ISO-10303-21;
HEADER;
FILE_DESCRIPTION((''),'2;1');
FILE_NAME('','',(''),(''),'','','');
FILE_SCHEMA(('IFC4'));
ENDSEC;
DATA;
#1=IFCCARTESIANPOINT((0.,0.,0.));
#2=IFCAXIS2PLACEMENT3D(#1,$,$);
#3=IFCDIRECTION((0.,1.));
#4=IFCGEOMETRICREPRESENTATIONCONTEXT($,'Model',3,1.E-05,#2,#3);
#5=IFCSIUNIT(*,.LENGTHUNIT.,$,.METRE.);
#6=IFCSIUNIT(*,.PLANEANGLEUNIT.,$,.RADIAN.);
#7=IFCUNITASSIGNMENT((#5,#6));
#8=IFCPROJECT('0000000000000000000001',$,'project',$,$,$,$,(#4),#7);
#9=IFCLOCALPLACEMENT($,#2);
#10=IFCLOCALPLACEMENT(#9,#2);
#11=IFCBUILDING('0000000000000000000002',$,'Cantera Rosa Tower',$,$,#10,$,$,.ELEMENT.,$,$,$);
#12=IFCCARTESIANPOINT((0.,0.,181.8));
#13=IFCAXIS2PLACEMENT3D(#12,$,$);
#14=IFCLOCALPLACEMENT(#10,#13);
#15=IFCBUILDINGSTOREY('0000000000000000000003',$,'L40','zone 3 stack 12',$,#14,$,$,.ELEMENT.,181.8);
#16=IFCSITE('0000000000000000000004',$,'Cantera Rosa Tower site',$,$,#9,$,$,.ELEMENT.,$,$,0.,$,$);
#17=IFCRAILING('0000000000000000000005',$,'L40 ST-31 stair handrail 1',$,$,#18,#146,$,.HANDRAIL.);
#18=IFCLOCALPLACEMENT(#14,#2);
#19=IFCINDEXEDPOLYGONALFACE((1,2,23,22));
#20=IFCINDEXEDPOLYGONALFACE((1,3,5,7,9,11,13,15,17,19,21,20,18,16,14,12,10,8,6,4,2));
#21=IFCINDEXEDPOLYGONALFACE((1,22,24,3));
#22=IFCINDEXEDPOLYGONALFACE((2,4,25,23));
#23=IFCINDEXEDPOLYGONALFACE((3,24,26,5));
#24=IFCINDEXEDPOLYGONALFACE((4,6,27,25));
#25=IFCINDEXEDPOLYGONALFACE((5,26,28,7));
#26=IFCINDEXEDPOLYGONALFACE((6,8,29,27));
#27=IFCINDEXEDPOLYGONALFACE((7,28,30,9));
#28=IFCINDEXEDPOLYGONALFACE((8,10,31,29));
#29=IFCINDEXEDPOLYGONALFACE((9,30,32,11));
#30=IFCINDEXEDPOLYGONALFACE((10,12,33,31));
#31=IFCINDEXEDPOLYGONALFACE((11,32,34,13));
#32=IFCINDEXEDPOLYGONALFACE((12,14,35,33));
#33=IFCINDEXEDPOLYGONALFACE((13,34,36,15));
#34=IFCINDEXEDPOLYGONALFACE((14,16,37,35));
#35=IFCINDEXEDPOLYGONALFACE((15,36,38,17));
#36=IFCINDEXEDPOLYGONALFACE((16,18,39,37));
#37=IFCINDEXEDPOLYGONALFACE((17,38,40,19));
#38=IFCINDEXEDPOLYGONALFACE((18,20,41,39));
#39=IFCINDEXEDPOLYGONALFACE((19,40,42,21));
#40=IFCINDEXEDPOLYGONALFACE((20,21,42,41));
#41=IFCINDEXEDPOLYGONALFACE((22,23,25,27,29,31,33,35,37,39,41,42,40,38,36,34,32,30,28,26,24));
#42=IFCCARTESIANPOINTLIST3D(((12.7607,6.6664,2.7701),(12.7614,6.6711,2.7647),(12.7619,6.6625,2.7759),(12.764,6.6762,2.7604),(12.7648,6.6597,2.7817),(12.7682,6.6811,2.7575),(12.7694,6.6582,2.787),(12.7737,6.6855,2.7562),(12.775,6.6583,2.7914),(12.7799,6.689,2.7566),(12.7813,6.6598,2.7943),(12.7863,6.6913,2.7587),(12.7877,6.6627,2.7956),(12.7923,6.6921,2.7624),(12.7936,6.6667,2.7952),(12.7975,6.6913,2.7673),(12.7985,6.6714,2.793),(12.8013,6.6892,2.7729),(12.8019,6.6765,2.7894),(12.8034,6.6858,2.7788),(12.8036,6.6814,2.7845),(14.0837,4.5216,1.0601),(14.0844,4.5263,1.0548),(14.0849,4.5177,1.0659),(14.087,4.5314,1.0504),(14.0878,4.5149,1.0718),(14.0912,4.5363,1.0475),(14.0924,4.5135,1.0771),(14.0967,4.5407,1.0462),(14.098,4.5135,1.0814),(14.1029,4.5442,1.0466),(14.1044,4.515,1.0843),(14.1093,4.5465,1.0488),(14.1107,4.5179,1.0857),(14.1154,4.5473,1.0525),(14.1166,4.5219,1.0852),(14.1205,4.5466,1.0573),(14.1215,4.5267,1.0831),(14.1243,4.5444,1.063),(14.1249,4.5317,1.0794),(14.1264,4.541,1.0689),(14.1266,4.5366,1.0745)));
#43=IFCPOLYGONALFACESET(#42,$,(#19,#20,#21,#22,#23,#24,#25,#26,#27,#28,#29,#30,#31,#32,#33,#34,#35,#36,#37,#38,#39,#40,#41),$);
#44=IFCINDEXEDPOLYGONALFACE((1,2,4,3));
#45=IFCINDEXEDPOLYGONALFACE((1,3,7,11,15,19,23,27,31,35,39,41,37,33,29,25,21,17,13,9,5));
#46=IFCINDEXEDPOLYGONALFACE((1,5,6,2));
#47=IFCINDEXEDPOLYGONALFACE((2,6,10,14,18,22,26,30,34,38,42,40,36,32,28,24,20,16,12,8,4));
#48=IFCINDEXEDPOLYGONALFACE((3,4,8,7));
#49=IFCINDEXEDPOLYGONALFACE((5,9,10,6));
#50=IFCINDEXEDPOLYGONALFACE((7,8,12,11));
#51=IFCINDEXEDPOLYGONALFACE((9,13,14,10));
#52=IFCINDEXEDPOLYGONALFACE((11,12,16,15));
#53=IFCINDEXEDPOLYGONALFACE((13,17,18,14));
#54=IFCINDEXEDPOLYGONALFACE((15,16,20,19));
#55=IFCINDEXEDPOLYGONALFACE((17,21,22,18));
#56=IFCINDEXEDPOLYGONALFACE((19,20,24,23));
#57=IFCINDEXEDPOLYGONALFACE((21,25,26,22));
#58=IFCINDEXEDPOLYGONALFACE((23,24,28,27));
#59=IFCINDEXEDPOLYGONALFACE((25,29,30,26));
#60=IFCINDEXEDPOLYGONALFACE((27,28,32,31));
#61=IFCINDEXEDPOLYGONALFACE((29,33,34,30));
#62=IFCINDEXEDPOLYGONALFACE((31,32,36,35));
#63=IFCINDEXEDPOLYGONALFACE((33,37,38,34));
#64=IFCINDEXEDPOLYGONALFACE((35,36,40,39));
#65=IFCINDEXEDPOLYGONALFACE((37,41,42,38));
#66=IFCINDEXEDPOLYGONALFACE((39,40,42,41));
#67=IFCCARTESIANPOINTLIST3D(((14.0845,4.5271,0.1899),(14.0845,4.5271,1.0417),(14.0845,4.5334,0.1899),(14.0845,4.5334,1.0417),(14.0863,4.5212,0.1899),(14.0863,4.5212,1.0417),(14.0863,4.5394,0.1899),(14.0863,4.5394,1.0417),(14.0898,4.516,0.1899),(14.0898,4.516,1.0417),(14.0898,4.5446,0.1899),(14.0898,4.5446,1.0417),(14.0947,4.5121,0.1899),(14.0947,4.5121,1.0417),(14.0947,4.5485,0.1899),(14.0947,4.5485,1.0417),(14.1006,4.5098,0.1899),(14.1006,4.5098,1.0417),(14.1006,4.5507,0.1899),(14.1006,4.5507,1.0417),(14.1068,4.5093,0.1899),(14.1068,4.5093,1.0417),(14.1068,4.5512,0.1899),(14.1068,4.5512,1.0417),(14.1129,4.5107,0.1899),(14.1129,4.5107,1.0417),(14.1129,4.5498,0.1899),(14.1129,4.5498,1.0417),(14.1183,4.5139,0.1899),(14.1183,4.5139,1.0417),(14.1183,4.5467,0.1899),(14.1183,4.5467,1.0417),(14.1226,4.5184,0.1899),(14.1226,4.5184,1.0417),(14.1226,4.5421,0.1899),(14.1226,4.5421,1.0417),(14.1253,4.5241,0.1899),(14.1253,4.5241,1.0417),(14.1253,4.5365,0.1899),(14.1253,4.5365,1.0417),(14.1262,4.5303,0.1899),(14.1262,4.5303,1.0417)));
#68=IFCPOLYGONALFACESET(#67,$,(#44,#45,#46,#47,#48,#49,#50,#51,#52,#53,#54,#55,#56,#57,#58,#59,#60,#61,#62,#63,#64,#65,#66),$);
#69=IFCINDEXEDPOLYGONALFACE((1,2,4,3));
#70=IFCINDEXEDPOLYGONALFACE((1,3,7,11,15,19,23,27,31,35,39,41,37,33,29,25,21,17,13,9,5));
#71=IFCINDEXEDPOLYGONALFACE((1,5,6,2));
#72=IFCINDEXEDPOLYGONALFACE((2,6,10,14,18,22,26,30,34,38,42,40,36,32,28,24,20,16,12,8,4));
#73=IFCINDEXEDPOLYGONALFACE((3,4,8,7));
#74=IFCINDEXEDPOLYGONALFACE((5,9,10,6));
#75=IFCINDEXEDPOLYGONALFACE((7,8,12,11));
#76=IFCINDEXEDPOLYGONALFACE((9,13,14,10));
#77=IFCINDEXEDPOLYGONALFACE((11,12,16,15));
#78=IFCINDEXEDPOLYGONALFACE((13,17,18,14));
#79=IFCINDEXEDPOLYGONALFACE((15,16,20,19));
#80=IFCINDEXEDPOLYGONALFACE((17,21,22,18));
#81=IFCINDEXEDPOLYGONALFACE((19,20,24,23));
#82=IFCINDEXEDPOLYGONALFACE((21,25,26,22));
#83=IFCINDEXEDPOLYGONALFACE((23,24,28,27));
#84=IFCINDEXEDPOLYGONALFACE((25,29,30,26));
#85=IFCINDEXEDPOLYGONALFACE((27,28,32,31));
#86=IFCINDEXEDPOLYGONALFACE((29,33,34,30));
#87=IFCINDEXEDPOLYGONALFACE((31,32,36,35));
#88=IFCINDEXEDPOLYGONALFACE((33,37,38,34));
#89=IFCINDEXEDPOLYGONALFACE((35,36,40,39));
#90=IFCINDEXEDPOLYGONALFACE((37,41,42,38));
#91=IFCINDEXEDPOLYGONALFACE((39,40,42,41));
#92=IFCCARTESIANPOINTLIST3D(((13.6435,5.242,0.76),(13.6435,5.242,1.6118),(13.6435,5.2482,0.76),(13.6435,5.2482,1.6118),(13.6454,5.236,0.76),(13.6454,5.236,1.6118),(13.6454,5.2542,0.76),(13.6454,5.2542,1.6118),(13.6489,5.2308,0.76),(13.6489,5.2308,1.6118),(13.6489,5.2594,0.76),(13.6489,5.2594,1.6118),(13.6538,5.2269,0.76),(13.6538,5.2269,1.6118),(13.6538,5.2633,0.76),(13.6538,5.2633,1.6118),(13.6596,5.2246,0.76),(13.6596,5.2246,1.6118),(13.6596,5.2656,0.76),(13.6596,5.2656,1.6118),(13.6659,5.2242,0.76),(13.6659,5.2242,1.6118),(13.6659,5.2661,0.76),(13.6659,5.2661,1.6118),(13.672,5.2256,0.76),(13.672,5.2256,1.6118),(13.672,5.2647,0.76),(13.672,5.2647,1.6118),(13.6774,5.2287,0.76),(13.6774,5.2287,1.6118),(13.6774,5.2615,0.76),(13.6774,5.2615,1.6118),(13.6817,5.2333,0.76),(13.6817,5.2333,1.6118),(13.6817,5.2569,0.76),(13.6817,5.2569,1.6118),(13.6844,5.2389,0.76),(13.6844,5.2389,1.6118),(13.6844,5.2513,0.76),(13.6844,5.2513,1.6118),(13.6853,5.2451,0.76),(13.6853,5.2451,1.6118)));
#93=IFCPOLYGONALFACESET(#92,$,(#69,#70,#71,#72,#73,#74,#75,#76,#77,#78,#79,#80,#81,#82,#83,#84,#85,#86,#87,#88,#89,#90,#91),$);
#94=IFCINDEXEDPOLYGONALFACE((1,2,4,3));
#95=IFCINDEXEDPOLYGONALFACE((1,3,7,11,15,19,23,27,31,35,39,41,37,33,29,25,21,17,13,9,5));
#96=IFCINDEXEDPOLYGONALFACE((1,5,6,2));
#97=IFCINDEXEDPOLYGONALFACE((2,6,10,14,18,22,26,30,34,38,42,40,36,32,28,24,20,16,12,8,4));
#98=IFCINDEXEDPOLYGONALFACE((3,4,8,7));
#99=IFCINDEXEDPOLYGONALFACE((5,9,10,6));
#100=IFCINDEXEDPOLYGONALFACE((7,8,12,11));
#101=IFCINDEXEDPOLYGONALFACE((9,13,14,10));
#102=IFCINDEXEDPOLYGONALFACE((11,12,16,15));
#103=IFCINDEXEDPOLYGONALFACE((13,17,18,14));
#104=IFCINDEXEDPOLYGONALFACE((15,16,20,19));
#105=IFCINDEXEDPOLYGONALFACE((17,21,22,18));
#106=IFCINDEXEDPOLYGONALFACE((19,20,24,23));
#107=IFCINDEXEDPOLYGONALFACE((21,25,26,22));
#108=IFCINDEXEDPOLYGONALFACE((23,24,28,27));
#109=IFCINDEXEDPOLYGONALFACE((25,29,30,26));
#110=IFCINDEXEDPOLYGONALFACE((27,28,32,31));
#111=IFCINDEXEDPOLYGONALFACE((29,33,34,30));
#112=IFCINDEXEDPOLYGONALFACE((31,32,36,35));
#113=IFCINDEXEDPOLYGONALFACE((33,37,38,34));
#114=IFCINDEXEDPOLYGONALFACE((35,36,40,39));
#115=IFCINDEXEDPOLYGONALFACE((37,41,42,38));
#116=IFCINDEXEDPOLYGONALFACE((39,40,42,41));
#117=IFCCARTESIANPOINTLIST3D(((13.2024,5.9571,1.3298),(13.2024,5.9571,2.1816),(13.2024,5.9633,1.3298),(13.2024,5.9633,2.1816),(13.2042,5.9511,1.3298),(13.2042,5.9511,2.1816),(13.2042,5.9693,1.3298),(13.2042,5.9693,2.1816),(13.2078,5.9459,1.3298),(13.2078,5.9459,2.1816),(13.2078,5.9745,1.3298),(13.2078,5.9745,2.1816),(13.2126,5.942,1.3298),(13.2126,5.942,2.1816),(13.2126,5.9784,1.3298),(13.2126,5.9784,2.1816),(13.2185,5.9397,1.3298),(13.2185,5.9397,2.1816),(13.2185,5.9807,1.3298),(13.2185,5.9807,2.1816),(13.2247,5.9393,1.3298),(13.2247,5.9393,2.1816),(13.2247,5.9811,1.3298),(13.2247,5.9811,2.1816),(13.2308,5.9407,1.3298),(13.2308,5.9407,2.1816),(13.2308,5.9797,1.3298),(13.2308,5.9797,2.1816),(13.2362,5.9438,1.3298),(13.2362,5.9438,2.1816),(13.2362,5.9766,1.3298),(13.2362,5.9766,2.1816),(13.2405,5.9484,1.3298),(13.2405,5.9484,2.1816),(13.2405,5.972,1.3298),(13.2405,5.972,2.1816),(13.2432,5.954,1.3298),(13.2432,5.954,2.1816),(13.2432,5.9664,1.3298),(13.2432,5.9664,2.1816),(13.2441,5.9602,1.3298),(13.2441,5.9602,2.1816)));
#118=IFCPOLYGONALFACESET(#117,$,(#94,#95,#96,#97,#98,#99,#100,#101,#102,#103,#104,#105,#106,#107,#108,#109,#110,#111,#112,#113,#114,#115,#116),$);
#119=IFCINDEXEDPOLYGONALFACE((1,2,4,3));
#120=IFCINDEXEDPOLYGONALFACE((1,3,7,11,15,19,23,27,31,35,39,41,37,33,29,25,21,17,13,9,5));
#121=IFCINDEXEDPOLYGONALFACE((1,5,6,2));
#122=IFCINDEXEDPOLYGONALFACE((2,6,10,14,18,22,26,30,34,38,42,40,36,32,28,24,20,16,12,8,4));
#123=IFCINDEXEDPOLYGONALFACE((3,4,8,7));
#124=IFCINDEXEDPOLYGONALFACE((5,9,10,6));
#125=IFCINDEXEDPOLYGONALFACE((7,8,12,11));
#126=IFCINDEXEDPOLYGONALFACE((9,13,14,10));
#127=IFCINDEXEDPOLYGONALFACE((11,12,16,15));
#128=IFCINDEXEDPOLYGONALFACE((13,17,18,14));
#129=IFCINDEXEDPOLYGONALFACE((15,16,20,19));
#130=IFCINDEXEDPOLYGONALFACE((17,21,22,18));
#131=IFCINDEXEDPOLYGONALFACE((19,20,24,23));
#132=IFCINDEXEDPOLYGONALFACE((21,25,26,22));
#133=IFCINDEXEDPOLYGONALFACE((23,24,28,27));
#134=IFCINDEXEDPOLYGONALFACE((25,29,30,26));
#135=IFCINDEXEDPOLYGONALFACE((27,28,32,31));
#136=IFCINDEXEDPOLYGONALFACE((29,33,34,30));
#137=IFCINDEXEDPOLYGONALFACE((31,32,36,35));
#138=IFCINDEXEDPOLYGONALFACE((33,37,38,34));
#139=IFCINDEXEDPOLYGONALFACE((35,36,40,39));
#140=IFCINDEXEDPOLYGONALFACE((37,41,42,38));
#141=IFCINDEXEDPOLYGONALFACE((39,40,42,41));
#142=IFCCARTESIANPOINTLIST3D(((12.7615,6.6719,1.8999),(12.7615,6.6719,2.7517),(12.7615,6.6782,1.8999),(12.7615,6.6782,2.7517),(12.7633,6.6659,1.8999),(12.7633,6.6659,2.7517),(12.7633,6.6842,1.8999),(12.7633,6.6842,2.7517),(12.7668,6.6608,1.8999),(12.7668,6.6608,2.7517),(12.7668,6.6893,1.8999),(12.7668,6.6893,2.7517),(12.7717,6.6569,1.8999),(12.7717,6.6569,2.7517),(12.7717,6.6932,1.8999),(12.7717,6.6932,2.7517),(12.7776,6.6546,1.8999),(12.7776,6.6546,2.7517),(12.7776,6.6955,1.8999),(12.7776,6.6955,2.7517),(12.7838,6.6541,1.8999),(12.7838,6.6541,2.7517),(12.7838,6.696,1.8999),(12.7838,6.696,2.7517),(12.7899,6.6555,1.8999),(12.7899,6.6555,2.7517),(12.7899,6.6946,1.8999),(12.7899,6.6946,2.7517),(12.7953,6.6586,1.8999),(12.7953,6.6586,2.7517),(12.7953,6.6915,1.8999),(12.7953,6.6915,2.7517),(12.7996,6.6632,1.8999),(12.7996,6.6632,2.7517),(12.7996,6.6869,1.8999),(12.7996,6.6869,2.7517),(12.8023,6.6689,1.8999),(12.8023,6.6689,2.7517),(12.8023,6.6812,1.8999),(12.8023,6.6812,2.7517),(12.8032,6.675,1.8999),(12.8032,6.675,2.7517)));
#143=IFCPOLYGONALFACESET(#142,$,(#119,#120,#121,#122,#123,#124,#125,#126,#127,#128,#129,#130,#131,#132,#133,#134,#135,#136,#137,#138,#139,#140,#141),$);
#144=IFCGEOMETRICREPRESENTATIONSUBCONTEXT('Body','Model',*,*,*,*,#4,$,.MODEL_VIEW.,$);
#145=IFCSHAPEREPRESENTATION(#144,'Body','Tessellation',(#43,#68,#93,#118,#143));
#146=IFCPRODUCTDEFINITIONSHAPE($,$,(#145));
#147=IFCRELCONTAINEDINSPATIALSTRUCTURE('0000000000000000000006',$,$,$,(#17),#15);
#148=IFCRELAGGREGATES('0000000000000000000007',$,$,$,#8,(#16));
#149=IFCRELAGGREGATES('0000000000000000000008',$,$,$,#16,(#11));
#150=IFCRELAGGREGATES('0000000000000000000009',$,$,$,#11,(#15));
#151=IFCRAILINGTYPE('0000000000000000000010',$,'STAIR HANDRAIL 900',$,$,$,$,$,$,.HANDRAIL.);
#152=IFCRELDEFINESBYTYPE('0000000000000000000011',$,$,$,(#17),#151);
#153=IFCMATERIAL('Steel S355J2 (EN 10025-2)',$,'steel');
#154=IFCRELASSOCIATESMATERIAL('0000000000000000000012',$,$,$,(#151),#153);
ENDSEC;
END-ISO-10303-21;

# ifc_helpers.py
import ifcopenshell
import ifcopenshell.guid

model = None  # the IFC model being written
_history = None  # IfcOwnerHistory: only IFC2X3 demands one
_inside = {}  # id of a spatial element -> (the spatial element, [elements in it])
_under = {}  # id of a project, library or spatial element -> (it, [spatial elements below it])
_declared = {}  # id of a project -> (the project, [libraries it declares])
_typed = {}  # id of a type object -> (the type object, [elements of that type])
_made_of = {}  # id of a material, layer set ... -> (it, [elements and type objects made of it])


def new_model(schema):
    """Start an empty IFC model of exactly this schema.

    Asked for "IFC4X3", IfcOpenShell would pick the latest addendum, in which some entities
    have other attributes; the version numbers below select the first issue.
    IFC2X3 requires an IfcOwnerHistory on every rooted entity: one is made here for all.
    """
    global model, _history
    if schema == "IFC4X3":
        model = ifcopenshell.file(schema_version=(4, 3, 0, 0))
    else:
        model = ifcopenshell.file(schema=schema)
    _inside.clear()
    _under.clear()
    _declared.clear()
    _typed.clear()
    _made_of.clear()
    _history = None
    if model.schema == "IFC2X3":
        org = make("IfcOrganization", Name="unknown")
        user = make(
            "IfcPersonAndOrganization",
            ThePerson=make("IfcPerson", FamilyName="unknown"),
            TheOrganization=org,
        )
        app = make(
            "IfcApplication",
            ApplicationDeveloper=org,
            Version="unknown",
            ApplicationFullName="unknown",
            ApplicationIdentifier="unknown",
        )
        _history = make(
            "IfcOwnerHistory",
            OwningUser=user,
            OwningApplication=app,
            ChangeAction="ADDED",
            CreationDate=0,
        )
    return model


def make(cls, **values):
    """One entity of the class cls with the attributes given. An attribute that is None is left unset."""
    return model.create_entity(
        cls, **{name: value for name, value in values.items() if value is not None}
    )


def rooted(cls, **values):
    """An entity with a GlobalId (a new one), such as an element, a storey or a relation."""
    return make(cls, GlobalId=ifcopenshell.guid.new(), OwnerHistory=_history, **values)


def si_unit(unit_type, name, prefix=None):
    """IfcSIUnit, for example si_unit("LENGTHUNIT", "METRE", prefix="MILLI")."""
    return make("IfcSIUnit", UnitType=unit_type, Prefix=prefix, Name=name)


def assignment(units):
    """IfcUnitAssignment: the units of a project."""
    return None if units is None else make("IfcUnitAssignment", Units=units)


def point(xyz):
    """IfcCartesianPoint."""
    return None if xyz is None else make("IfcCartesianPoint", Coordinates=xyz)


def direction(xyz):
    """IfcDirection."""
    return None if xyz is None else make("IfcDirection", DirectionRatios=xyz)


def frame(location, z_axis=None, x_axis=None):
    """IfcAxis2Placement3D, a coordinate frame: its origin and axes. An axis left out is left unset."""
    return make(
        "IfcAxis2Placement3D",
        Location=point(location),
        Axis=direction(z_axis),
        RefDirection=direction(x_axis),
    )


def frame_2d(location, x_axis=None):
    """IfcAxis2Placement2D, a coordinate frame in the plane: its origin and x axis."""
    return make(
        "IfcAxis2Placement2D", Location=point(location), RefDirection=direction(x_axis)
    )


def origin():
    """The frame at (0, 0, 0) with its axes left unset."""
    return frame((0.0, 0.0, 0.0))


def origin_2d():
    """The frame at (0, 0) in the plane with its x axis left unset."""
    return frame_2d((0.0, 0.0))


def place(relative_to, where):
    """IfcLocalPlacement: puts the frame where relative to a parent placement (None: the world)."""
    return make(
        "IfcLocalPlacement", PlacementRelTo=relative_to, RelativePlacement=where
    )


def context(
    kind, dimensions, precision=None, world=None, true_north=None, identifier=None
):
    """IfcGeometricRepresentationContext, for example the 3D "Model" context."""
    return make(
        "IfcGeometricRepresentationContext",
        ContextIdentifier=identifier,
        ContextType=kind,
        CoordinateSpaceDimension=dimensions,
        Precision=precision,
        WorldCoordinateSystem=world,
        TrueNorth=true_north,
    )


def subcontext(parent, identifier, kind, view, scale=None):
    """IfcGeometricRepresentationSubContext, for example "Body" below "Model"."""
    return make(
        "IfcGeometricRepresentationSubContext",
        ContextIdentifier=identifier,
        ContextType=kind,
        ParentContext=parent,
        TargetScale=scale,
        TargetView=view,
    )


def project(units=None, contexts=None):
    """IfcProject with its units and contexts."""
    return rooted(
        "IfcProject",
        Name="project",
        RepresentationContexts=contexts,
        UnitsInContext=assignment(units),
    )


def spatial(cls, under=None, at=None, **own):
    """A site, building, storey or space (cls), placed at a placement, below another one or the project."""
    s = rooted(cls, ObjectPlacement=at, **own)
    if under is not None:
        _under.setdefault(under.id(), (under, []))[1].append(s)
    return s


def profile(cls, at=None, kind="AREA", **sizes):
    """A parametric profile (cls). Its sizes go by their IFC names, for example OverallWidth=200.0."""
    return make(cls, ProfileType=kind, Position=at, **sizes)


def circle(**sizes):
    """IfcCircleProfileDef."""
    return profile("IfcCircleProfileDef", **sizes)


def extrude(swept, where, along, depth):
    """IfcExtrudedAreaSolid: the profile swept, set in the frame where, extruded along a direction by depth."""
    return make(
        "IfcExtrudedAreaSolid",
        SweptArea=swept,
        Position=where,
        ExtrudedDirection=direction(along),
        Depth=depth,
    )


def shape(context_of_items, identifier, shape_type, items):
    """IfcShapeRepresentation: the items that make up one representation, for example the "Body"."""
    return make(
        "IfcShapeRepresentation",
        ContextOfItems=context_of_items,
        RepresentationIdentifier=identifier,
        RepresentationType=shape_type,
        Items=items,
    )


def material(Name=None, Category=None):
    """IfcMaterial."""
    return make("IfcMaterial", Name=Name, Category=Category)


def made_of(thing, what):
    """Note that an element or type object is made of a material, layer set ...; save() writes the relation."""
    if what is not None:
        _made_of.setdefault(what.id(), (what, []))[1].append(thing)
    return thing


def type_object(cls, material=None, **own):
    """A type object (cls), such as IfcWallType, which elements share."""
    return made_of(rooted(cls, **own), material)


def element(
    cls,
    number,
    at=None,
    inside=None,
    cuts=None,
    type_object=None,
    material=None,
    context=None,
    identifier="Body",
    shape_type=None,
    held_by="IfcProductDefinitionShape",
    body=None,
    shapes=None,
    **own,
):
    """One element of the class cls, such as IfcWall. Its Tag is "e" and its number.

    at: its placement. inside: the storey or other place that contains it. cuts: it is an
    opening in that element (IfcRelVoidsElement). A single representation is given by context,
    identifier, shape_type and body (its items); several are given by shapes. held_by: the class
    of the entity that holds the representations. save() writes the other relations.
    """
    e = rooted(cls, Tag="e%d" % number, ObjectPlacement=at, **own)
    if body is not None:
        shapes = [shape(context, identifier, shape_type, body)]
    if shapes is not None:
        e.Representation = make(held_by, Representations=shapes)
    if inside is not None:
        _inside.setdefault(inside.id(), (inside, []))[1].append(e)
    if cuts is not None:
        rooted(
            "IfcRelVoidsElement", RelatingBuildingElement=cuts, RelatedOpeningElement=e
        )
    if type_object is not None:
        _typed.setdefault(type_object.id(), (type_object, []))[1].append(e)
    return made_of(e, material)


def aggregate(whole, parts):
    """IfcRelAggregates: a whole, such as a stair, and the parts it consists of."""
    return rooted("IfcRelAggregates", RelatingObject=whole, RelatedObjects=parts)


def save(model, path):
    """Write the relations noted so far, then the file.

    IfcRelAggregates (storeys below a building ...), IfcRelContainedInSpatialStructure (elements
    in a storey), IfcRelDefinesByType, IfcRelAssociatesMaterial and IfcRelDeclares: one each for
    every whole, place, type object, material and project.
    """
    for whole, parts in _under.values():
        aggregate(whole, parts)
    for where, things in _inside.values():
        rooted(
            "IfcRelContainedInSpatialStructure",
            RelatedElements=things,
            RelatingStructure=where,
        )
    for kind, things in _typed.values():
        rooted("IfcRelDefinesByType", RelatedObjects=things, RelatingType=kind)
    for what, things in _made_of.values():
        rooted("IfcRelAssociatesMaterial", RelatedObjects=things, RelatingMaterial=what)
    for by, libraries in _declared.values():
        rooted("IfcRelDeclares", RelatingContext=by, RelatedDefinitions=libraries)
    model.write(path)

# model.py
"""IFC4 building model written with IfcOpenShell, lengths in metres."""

from ifc_helpers import new_model, si_unit, direction, frame, origin, origin_2d, place, context, subcontext, project, spatial, circle, extrude, material, type_object, element, save


model = new_model("IFC4")

# Units and contexts
model_context = context("Model", 3, precision=1e-05, world=origin(), true_north=direction((0.0, 1.0)))
body_context = subcontext(model_context, "Body", "Model", "MODEL_VIEW")
ifc_project = project(units=[si_unit("LENGTHUNIT", "METRE"), si_unit("PLANEANGLEUNIT", "RADIAN")], contexts=[model_context])

# Site, building, storey
site_placement = place(None, origin())
site = spatial("IfcSite", under=ifc_project, at=site_placement, Name="Cantera Rosa Tower site", CompositionType="ELEMENT", RefElevation=0.0)
building_placement = place(site_placement, origin())
building = spatial("IfcBuilding", under=site, at=building_placement, Name="Cantera Rosa Tower", CompositionType="ELEMENT")
storey_placement = place(building_placement, frame((0.0, 0.0, 181.8)))
storey = spatial("IfcBuildingStorey", under=building, at=storey_placement, Name="L40", Description="zone 3 stack 12", CompositionType="ELEMENT", Elevation=181.8)

# Railing
ifc_material_1 = material(Name="Steel S355J2 (EN 10025-2)", Category="steel")
railing_type_1 = type_object("IfcRailingType", Name="STAIR HANDRAIL 900", PredefinedType="HANDRAIL", material=ifc_material_1)
railing_1_placement = place(storey_placement, frame((14.1052, 4.5303, 0.1899)))
element("IfcRailing", 1, at=railing_1_placement, inside=storey, type_object=railing_type_1, Name="L40 ST-31 stair handrail 1", PredefinedType="HANDRAIL", context=body_context, shape_type="SweptSolid", body=[
    extrude(circle(Radius=0.0239, at=origin_2d()), frame((0.0, 0.0, 0.876), z_axis=(-0.434428, 0.704271, 0.561493), x_axis=(-0.851102, -0.525, 0.0)), (0.0, 0.0, 1.0), 3.0454),
    extrude(circle(Radius=0.021, at=origin_2d()), origin(), (0.0, 0.0, 1.0), 0.8518),
    extrude(circle(Radius=0.021, at=origin_2d()), frame((-0.4409, 0.7148, 0.5701)), (0.0, 0.0, 1.0), 0.8518),
    extrude(circle(Radius=0.021, at=origin_2d()), frame((-0.8821, 1.4299, 1.1399)), (0.0, 0.0, 1.0), 0.8518),
    extrude(circle(Radius=0.021, at=origin_2d()), frame((-1.323, 2.1448, 1.71)), (0.0, 0.0, 1.0), 0.8518),
])

save(model, "model.ifc")
